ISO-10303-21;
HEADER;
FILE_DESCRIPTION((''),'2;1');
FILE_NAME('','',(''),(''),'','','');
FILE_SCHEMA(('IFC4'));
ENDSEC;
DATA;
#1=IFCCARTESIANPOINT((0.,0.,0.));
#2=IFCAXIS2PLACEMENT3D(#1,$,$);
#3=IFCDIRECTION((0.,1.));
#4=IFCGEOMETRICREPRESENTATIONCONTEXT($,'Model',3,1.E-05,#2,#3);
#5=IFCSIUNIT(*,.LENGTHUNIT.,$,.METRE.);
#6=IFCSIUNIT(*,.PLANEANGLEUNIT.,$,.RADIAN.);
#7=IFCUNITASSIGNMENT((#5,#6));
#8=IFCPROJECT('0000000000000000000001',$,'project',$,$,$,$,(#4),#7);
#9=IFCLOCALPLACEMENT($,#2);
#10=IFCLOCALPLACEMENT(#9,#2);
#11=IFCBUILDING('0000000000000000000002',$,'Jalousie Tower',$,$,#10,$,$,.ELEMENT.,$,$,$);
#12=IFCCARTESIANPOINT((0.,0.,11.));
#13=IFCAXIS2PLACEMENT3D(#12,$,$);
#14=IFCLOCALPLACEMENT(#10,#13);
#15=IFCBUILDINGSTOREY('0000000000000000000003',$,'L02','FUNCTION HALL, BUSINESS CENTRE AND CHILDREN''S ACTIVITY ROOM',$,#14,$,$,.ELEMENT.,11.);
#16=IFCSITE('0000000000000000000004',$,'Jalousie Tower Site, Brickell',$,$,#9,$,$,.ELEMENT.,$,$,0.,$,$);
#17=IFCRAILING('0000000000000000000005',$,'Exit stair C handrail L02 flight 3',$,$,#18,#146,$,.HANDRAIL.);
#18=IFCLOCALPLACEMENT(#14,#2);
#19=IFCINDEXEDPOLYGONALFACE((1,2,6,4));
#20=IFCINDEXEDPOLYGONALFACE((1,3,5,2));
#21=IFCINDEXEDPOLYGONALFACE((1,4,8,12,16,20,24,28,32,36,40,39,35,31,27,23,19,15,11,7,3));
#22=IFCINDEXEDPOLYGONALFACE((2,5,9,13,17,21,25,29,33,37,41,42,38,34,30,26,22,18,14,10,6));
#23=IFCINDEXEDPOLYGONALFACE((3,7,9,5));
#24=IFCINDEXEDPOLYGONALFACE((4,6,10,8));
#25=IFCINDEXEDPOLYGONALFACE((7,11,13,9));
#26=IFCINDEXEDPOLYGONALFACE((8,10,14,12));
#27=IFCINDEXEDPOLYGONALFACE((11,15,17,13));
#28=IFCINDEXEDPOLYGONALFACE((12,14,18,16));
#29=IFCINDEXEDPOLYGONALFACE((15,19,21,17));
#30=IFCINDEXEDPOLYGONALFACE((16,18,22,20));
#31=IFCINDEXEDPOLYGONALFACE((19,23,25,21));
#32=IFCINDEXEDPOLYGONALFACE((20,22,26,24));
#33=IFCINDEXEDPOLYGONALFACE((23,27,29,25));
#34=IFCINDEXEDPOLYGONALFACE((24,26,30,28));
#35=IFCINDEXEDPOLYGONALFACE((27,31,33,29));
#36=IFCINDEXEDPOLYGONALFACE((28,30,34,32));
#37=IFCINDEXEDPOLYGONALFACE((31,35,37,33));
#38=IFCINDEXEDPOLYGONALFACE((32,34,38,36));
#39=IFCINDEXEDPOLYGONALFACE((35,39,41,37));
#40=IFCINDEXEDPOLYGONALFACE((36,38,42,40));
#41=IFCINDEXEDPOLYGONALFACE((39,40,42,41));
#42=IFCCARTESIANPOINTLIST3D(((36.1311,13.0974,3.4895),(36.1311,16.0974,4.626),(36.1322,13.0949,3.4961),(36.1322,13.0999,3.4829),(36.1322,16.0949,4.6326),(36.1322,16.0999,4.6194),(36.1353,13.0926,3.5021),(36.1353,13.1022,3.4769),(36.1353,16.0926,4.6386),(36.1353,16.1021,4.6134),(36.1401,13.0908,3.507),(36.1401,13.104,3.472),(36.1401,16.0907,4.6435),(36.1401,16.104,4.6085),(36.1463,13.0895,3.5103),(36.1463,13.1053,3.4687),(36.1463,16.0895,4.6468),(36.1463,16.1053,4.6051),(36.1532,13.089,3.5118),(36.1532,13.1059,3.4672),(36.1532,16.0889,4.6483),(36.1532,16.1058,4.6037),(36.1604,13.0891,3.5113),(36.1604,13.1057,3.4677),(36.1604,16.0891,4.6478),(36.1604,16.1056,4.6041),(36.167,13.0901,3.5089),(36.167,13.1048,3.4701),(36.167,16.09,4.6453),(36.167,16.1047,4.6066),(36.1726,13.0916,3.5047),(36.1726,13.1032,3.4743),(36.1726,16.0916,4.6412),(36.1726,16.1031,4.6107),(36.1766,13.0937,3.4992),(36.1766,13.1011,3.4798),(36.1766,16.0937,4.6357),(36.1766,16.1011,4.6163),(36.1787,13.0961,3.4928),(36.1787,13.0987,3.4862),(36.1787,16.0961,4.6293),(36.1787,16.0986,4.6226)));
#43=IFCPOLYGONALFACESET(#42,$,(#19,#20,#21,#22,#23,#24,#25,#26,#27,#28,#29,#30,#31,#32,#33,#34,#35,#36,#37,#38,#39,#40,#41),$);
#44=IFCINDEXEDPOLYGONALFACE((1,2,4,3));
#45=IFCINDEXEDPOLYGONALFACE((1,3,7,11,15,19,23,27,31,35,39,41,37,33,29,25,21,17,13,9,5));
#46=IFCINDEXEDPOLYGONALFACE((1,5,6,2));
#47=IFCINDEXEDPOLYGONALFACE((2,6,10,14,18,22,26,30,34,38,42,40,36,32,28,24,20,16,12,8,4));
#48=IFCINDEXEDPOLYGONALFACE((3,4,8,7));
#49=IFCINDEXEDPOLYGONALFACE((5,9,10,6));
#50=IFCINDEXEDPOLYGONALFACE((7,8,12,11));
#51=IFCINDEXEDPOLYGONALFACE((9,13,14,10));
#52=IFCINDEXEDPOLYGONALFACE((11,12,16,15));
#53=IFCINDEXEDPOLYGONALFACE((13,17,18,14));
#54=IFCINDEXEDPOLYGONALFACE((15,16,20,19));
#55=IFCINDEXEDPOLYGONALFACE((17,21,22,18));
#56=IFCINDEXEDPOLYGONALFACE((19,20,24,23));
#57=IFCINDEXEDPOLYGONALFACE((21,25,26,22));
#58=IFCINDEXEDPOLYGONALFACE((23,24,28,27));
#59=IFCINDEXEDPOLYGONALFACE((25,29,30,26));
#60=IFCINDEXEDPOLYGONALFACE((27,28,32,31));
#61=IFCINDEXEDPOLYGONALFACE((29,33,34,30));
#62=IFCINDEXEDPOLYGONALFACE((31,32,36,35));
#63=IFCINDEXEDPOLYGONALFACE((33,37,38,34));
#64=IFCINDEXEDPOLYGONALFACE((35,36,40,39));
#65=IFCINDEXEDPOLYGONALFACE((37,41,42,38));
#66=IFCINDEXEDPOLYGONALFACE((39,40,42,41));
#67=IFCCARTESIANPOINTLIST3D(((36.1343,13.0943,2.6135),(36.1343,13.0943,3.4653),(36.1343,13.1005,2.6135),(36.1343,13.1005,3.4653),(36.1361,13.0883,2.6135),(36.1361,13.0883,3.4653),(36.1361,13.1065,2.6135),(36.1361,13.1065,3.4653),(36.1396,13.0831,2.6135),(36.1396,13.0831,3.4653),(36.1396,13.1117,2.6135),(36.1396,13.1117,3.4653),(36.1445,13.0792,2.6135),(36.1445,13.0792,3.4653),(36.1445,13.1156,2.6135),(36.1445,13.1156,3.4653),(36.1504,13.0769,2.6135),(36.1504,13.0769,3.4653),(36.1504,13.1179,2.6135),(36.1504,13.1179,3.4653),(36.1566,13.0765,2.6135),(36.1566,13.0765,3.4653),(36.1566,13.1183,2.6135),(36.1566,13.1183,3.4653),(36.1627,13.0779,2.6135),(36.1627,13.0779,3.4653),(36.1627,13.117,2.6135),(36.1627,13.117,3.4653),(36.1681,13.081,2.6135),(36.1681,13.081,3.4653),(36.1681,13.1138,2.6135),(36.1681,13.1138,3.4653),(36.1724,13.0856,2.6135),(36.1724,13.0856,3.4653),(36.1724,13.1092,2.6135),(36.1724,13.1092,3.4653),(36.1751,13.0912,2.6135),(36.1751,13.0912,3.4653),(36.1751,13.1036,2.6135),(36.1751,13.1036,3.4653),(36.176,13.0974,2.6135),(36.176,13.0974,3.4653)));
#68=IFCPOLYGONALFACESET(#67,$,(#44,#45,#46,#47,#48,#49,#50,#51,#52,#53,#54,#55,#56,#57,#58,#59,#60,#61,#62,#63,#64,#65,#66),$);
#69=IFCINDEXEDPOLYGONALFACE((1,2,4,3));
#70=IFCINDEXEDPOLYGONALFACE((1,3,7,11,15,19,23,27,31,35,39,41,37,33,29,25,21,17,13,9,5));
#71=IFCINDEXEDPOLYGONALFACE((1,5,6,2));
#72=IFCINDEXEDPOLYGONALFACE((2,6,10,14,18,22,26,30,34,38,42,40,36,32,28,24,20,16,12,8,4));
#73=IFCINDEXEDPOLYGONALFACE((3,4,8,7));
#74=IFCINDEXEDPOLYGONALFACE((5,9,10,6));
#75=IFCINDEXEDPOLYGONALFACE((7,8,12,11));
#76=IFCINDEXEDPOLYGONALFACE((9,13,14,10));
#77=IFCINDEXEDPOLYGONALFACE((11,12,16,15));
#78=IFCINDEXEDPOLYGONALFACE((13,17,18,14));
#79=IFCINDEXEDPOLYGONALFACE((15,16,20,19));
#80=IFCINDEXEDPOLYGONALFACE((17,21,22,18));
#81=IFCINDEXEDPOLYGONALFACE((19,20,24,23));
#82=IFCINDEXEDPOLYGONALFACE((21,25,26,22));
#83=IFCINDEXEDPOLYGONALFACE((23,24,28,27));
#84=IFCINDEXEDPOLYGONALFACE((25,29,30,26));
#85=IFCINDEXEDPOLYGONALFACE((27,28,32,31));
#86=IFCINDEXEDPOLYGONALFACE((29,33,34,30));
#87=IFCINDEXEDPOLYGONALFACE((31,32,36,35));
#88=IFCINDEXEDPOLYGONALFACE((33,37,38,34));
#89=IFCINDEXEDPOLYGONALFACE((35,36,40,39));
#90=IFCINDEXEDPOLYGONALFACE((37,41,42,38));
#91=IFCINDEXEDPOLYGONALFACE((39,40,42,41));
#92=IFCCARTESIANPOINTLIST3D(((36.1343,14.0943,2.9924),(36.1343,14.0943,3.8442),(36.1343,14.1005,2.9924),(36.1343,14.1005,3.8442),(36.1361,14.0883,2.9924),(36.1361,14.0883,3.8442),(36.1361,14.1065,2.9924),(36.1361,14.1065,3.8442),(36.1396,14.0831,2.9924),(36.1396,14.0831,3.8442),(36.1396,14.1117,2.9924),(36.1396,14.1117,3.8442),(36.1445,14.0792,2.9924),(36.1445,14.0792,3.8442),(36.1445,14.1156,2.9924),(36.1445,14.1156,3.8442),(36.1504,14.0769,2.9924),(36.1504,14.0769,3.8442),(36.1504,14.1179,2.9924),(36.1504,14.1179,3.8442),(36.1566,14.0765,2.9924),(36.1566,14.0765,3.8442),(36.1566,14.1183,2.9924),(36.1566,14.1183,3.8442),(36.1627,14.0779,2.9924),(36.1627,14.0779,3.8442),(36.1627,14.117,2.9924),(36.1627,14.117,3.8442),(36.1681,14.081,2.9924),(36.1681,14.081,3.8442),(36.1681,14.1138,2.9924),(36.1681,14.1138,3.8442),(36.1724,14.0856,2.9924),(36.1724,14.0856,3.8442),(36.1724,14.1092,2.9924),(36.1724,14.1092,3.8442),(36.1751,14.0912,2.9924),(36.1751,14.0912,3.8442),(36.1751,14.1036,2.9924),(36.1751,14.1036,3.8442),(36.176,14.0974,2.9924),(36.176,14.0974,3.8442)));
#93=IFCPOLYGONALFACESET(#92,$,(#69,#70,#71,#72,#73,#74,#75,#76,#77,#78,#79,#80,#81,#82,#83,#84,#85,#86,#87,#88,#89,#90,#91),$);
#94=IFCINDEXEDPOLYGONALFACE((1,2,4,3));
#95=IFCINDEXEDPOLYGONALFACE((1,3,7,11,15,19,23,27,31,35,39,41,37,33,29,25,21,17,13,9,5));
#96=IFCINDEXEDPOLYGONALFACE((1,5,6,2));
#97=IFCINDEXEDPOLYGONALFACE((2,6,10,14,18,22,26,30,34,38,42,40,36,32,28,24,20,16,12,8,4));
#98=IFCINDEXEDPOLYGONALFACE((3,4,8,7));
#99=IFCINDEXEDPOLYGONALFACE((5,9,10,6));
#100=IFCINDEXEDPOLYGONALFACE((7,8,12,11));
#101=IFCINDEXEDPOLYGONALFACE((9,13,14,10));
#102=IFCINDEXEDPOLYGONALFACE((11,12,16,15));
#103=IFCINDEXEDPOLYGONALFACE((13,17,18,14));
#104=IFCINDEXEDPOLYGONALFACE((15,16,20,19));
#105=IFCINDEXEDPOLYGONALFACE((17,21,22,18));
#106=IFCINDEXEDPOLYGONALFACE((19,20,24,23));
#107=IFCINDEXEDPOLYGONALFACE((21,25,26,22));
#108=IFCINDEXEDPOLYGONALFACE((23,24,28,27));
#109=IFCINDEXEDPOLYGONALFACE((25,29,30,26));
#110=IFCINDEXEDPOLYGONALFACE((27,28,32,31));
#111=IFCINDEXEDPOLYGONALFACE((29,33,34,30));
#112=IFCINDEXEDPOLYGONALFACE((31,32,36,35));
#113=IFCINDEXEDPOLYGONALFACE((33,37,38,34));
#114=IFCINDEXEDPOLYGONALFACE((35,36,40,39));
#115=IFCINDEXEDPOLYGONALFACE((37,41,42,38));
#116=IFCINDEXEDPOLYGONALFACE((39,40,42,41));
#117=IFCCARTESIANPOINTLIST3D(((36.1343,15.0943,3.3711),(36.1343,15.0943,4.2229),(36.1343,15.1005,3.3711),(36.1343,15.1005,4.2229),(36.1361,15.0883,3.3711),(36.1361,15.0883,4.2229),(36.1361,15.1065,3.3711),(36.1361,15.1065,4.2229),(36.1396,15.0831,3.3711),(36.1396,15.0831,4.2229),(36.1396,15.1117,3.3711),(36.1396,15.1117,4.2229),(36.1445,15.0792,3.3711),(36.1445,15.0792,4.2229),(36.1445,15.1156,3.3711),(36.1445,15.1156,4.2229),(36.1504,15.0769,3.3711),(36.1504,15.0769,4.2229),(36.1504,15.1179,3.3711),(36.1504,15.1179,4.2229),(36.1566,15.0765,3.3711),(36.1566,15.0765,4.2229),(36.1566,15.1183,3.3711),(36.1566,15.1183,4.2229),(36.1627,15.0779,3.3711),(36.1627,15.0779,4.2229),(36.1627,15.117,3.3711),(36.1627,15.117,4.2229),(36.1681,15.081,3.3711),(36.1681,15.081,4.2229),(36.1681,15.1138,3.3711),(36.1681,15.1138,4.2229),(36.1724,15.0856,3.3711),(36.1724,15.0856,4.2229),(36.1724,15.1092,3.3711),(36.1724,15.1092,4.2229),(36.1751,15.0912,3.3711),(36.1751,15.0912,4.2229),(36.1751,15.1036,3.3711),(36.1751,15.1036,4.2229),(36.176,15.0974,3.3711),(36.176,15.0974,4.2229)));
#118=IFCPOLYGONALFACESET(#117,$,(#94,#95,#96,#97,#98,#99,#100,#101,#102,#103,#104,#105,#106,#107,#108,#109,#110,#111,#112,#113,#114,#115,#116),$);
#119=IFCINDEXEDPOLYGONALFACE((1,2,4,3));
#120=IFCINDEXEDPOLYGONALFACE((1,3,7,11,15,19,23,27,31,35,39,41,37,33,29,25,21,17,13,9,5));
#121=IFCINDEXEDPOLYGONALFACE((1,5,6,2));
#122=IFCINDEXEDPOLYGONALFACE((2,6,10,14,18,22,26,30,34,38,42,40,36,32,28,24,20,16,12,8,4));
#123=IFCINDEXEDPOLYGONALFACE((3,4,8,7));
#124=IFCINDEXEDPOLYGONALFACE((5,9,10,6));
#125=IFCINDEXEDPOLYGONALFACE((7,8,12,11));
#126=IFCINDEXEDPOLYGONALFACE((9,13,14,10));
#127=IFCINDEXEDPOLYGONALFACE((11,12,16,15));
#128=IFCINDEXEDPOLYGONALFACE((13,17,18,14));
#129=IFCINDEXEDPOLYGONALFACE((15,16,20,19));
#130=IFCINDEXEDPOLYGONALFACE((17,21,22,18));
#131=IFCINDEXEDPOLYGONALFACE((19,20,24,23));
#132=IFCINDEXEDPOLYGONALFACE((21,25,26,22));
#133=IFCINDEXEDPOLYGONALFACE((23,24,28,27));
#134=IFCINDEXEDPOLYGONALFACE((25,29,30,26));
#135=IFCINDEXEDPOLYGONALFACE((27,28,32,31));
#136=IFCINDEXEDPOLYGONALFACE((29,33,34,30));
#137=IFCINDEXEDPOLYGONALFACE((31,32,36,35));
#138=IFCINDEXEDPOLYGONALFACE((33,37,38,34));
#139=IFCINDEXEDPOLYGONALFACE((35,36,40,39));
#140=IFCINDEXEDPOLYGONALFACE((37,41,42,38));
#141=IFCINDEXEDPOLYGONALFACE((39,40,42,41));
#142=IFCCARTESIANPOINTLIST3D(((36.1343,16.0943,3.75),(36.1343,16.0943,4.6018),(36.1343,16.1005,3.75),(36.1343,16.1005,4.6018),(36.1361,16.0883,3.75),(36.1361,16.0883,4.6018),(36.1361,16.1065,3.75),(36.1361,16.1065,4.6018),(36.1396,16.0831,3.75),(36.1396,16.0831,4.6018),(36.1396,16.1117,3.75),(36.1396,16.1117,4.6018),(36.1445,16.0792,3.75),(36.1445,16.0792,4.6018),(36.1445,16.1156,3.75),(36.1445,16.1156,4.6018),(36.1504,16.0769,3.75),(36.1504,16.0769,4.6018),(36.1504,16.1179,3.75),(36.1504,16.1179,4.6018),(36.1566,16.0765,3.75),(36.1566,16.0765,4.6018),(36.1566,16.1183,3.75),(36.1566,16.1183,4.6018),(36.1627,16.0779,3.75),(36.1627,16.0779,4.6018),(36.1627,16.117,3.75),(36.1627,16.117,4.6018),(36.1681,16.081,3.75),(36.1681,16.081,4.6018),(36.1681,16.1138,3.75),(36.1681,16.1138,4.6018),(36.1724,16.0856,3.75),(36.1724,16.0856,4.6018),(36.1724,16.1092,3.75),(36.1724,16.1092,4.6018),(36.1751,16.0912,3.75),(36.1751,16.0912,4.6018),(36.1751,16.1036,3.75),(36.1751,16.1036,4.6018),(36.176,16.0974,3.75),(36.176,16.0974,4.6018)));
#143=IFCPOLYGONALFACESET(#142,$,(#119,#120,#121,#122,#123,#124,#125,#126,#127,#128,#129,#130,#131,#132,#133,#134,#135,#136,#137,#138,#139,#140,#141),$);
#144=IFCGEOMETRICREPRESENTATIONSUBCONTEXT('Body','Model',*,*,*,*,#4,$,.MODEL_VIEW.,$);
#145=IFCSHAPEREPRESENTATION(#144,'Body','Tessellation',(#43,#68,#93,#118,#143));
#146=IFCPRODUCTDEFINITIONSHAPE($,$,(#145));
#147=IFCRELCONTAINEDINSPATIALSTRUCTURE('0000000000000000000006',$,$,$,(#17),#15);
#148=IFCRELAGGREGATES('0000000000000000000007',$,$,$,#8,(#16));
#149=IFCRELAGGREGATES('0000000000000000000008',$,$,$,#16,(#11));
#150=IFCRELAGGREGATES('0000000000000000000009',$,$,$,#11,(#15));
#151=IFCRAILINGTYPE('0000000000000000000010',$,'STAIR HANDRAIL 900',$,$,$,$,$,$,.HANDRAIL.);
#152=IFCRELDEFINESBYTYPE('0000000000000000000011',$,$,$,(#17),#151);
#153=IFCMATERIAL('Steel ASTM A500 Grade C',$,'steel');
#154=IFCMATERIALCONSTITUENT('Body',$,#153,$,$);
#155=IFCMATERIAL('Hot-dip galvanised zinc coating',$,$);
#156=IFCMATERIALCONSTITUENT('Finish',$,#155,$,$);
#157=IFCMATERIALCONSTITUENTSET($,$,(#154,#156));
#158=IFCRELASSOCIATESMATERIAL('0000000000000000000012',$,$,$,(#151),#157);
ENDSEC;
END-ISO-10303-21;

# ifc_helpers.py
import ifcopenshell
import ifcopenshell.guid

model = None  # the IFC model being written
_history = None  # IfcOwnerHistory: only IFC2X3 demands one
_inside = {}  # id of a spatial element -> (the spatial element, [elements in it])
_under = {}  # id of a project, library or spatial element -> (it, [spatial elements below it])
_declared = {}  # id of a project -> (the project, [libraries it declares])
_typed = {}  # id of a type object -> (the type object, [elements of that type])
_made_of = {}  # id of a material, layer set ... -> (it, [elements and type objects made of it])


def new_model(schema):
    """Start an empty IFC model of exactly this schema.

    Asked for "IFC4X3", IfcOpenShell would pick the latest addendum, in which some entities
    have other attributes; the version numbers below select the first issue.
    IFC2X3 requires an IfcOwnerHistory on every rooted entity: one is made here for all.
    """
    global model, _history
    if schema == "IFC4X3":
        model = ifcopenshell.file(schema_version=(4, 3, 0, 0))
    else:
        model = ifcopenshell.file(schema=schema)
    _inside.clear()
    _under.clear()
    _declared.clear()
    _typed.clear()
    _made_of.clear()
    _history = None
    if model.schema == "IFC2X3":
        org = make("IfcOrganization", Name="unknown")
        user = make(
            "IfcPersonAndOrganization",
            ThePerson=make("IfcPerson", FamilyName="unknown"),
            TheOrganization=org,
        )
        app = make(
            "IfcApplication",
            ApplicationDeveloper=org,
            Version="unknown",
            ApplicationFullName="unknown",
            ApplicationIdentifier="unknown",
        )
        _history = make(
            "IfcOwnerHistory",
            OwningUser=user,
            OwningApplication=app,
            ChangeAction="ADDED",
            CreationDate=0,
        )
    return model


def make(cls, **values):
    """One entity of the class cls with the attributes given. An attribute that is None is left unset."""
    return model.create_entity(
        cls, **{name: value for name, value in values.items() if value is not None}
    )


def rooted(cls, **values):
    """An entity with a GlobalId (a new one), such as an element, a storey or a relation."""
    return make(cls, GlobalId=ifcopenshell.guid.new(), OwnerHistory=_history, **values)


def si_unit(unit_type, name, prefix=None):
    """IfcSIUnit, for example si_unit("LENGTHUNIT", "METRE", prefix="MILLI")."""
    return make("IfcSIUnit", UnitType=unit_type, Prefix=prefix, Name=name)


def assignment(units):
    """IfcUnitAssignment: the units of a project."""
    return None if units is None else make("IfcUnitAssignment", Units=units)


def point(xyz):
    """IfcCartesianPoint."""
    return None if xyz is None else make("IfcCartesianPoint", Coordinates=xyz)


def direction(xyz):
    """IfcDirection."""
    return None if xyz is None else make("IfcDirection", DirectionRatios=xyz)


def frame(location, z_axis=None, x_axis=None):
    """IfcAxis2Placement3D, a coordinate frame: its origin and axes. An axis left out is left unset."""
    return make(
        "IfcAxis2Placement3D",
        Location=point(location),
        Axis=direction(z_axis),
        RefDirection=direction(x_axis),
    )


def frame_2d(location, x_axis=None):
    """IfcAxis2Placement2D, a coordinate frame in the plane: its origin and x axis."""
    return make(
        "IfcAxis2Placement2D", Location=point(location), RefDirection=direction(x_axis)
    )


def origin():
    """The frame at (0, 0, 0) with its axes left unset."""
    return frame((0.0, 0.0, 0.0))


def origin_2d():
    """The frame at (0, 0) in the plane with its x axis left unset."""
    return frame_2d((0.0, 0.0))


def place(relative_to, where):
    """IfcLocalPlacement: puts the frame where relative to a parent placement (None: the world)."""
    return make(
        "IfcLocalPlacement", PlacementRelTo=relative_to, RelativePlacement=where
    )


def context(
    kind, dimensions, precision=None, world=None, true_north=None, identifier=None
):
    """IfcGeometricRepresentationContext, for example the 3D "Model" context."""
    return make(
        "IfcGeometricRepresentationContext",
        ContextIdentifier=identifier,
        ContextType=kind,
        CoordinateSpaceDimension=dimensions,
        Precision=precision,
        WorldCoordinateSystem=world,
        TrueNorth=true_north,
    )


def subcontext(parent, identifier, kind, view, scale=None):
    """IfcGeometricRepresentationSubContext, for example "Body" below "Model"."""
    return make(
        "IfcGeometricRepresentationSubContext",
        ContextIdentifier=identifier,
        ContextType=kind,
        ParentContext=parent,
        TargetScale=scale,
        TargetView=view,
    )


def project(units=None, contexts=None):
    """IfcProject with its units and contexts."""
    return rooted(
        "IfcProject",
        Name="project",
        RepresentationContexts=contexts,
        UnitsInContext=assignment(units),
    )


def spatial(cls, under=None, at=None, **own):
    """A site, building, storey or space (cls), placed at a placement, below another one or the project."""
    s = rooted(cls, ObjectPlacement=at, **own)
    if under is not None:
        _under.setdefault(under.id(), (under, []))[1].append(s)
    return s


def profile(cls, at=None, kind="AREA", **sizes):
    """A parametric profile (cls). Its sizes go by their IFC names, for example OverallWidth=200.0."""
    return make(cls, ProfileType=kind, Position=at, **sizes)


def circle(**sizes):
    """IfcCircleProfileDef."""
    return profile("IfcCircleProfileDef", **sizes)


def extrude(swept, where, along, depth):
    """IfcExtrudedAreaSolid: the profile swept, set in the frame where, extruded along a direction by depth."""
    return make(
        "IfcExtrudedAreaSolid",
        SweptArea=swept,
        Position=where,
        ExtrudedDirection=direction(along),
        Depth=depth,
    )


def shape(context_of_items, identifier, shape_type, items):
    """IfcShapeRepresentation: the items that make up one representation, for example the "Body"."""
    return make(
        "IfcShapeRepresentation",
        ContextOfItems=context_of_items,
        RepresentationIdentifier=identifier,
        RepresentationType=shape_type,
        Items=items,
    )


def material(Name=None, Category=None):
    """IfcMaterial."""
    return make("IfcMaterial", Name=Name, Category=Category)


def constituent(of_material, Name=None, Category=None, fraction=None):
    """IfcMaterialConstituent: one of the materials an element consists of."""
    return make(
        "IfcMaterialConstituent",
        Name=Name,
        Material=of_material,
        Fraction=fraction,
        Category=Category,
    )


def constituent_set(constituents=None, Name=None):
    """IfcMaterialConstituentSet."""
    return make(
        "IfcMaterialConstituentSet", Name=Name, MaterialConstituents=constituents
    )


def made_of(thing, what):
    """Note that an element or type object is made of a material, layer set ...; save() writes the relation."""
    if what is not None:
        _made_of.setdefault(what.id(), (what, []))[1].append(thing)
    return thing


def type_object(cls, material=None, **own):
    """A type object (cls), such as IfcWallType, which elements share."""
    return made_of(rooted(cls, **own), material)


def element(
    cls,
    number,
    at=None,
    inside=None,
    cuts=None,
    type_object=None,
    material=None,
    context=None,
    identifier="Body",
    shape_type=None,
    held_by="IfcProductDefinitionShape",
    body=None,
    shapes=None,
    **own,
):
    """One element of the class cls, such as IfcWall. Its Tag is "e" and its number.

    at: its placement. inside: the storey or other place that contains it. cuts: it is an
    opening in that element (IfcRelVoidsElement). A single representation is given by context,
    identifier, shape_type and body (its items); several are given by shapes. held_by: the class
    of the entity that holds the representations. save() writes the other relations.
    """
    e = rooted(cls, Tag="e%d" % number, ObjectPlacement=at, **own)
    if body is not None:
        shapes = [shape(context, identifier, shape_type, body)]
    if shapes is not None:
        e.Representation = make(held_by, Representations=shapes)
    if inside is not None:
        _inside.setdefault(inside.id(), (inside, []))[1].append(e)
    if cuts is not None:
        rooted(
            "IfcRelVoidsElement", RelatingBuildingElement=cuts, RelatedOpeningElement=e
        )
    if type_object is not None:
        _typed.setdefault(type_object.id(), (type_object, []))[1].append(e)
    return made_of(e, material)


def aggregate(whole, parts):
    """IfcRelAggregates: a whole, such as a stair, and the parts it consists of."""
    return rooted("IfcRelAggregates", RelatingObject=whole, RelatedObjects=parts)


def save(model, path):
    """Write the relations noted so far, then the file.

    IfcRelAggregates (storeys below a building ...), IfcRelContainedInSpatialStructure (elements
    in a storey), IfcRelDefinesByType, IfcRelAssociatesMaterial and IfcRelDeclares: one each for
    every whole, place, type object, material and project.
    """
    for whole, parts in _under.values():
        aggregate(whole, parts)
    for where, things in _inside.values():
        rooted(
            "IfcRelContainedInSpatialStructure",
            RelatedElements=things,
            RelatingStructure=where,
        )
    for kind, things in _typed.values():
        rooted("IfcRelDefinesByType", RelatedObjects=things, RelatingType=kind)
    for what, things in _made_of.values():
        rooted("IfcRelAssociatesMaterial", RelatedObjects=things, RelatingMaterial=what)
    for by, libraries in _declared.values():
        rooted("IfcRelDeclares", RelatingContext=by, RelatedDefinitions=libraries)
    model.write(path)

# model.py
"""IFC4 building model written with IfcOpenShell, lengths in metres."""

from ifc_helpers import new_model, si_unit, direction, frame, origin, origin_2d, place, context, subcontext, project, spatial, circle, extrude, material, constituent, constituent_set, type_object, element, save


model = new_model("IFC4")

# Units and contexts
model_context = context("Model", 3, precision=1e-05, world=origin(), true_north=direction((0.0, 1.0)))
body_context = subcontext(model_context, "Body", "Model", "MODEL_VIEW")
ifc_project = project(units=[si_unit("LENGTHUNIT", "METRE"), si_unit("PLANEANGLEUNIT", "RADIAN")], contexts=[model_context])

# Site, building, storey
site_placement = place(None, origin())
site = spatial("IfcSite", under=ifc_project, at=site_placement, Name="Jalousie Tower Site, Brickell", CompositionType="ELEMENT", RefElevation=0.0)
building_placement = place(site_placement, origin())
building = spatial("IfcBuilding", under=site, at=building_placement, Name="Jalousie Tower", CompositionType="ELEMENT")
storey_placement = place(building_placement, frame((0.0, 0.0, 11.0)))
storey = spatial("IfcBuildingStorey", under=building, at=storey_placement, Name="L02", Description="FUNCTION HALL, BUSINESS CENTRE AND CHILDREN'S ACTIVITY ROOM", CompositionType="ELEMENT", Elevation=11.0)

# Railing
ifc_material_1 = material(Name="Steel ASTM A500 Grade C", Category="steel")
ifc_constituent_1 = constituent(ifc_material_1, Name="Body")
ifc_material_2 = material(Name="Hot-dip galvanised zinc coating")
ifc_constituent_2 = constituent(ifc_material_2, Name="Finish")
ifc_constituent_set = constituent_set(constituents=[ifc_constituent_1, ifc_constituent_2])
railing_type = type_object("IfcRailingType", Name="STAIR HANDRAIL 900", PredefinedType="HANDRAIL", material=ifc_constituent_set)
for number, where, name in (
    (1, (36.155, 13.0974, 2.6135), "Exit stair C handrail L02 flight 3"),
):
    element("IfcRailing", number, at=place(storey_placement, frame(where)), inside=storey, type_object=railing_type, Name=name, PredefinedType="HANDRAIL", context=body_context, shape_type="SweptSolid", body=[
        extrude(circle(Radius=0.0239, at=origin_2d()), frame((0.0, 0.0, 0.876), z_axis=(0.0, 0.935148, 0.354257), x_axis=(-1.0, 0.0, 0.0)), (0.0, 0.0, 1.0), 3.208),
        extrude(circle(Radius=0.021, at=origin_2d()), origin(), (0.0, 0.0, 1.0), 0.8518),
        extrude(circle(Radius=0.021, at=origin_2d()), frame((0.0, 1.0, 0.3789)), (0.0, 0.0, 1.0), 0.8518),
        extrude(circle(Radius=0.021, at=origin_2d()), frame((0.0, 2.0, 0.7576)), (0.0, 0.0, 1.0), 0.8518),
        extrude(circle(Radius=0.021, at=origin_2d()), frame((0.0, 3.0, 1.1365)), (0.0, 0.0, 1.0), 0.8518),
    ])

save(model, "model.ifc")
